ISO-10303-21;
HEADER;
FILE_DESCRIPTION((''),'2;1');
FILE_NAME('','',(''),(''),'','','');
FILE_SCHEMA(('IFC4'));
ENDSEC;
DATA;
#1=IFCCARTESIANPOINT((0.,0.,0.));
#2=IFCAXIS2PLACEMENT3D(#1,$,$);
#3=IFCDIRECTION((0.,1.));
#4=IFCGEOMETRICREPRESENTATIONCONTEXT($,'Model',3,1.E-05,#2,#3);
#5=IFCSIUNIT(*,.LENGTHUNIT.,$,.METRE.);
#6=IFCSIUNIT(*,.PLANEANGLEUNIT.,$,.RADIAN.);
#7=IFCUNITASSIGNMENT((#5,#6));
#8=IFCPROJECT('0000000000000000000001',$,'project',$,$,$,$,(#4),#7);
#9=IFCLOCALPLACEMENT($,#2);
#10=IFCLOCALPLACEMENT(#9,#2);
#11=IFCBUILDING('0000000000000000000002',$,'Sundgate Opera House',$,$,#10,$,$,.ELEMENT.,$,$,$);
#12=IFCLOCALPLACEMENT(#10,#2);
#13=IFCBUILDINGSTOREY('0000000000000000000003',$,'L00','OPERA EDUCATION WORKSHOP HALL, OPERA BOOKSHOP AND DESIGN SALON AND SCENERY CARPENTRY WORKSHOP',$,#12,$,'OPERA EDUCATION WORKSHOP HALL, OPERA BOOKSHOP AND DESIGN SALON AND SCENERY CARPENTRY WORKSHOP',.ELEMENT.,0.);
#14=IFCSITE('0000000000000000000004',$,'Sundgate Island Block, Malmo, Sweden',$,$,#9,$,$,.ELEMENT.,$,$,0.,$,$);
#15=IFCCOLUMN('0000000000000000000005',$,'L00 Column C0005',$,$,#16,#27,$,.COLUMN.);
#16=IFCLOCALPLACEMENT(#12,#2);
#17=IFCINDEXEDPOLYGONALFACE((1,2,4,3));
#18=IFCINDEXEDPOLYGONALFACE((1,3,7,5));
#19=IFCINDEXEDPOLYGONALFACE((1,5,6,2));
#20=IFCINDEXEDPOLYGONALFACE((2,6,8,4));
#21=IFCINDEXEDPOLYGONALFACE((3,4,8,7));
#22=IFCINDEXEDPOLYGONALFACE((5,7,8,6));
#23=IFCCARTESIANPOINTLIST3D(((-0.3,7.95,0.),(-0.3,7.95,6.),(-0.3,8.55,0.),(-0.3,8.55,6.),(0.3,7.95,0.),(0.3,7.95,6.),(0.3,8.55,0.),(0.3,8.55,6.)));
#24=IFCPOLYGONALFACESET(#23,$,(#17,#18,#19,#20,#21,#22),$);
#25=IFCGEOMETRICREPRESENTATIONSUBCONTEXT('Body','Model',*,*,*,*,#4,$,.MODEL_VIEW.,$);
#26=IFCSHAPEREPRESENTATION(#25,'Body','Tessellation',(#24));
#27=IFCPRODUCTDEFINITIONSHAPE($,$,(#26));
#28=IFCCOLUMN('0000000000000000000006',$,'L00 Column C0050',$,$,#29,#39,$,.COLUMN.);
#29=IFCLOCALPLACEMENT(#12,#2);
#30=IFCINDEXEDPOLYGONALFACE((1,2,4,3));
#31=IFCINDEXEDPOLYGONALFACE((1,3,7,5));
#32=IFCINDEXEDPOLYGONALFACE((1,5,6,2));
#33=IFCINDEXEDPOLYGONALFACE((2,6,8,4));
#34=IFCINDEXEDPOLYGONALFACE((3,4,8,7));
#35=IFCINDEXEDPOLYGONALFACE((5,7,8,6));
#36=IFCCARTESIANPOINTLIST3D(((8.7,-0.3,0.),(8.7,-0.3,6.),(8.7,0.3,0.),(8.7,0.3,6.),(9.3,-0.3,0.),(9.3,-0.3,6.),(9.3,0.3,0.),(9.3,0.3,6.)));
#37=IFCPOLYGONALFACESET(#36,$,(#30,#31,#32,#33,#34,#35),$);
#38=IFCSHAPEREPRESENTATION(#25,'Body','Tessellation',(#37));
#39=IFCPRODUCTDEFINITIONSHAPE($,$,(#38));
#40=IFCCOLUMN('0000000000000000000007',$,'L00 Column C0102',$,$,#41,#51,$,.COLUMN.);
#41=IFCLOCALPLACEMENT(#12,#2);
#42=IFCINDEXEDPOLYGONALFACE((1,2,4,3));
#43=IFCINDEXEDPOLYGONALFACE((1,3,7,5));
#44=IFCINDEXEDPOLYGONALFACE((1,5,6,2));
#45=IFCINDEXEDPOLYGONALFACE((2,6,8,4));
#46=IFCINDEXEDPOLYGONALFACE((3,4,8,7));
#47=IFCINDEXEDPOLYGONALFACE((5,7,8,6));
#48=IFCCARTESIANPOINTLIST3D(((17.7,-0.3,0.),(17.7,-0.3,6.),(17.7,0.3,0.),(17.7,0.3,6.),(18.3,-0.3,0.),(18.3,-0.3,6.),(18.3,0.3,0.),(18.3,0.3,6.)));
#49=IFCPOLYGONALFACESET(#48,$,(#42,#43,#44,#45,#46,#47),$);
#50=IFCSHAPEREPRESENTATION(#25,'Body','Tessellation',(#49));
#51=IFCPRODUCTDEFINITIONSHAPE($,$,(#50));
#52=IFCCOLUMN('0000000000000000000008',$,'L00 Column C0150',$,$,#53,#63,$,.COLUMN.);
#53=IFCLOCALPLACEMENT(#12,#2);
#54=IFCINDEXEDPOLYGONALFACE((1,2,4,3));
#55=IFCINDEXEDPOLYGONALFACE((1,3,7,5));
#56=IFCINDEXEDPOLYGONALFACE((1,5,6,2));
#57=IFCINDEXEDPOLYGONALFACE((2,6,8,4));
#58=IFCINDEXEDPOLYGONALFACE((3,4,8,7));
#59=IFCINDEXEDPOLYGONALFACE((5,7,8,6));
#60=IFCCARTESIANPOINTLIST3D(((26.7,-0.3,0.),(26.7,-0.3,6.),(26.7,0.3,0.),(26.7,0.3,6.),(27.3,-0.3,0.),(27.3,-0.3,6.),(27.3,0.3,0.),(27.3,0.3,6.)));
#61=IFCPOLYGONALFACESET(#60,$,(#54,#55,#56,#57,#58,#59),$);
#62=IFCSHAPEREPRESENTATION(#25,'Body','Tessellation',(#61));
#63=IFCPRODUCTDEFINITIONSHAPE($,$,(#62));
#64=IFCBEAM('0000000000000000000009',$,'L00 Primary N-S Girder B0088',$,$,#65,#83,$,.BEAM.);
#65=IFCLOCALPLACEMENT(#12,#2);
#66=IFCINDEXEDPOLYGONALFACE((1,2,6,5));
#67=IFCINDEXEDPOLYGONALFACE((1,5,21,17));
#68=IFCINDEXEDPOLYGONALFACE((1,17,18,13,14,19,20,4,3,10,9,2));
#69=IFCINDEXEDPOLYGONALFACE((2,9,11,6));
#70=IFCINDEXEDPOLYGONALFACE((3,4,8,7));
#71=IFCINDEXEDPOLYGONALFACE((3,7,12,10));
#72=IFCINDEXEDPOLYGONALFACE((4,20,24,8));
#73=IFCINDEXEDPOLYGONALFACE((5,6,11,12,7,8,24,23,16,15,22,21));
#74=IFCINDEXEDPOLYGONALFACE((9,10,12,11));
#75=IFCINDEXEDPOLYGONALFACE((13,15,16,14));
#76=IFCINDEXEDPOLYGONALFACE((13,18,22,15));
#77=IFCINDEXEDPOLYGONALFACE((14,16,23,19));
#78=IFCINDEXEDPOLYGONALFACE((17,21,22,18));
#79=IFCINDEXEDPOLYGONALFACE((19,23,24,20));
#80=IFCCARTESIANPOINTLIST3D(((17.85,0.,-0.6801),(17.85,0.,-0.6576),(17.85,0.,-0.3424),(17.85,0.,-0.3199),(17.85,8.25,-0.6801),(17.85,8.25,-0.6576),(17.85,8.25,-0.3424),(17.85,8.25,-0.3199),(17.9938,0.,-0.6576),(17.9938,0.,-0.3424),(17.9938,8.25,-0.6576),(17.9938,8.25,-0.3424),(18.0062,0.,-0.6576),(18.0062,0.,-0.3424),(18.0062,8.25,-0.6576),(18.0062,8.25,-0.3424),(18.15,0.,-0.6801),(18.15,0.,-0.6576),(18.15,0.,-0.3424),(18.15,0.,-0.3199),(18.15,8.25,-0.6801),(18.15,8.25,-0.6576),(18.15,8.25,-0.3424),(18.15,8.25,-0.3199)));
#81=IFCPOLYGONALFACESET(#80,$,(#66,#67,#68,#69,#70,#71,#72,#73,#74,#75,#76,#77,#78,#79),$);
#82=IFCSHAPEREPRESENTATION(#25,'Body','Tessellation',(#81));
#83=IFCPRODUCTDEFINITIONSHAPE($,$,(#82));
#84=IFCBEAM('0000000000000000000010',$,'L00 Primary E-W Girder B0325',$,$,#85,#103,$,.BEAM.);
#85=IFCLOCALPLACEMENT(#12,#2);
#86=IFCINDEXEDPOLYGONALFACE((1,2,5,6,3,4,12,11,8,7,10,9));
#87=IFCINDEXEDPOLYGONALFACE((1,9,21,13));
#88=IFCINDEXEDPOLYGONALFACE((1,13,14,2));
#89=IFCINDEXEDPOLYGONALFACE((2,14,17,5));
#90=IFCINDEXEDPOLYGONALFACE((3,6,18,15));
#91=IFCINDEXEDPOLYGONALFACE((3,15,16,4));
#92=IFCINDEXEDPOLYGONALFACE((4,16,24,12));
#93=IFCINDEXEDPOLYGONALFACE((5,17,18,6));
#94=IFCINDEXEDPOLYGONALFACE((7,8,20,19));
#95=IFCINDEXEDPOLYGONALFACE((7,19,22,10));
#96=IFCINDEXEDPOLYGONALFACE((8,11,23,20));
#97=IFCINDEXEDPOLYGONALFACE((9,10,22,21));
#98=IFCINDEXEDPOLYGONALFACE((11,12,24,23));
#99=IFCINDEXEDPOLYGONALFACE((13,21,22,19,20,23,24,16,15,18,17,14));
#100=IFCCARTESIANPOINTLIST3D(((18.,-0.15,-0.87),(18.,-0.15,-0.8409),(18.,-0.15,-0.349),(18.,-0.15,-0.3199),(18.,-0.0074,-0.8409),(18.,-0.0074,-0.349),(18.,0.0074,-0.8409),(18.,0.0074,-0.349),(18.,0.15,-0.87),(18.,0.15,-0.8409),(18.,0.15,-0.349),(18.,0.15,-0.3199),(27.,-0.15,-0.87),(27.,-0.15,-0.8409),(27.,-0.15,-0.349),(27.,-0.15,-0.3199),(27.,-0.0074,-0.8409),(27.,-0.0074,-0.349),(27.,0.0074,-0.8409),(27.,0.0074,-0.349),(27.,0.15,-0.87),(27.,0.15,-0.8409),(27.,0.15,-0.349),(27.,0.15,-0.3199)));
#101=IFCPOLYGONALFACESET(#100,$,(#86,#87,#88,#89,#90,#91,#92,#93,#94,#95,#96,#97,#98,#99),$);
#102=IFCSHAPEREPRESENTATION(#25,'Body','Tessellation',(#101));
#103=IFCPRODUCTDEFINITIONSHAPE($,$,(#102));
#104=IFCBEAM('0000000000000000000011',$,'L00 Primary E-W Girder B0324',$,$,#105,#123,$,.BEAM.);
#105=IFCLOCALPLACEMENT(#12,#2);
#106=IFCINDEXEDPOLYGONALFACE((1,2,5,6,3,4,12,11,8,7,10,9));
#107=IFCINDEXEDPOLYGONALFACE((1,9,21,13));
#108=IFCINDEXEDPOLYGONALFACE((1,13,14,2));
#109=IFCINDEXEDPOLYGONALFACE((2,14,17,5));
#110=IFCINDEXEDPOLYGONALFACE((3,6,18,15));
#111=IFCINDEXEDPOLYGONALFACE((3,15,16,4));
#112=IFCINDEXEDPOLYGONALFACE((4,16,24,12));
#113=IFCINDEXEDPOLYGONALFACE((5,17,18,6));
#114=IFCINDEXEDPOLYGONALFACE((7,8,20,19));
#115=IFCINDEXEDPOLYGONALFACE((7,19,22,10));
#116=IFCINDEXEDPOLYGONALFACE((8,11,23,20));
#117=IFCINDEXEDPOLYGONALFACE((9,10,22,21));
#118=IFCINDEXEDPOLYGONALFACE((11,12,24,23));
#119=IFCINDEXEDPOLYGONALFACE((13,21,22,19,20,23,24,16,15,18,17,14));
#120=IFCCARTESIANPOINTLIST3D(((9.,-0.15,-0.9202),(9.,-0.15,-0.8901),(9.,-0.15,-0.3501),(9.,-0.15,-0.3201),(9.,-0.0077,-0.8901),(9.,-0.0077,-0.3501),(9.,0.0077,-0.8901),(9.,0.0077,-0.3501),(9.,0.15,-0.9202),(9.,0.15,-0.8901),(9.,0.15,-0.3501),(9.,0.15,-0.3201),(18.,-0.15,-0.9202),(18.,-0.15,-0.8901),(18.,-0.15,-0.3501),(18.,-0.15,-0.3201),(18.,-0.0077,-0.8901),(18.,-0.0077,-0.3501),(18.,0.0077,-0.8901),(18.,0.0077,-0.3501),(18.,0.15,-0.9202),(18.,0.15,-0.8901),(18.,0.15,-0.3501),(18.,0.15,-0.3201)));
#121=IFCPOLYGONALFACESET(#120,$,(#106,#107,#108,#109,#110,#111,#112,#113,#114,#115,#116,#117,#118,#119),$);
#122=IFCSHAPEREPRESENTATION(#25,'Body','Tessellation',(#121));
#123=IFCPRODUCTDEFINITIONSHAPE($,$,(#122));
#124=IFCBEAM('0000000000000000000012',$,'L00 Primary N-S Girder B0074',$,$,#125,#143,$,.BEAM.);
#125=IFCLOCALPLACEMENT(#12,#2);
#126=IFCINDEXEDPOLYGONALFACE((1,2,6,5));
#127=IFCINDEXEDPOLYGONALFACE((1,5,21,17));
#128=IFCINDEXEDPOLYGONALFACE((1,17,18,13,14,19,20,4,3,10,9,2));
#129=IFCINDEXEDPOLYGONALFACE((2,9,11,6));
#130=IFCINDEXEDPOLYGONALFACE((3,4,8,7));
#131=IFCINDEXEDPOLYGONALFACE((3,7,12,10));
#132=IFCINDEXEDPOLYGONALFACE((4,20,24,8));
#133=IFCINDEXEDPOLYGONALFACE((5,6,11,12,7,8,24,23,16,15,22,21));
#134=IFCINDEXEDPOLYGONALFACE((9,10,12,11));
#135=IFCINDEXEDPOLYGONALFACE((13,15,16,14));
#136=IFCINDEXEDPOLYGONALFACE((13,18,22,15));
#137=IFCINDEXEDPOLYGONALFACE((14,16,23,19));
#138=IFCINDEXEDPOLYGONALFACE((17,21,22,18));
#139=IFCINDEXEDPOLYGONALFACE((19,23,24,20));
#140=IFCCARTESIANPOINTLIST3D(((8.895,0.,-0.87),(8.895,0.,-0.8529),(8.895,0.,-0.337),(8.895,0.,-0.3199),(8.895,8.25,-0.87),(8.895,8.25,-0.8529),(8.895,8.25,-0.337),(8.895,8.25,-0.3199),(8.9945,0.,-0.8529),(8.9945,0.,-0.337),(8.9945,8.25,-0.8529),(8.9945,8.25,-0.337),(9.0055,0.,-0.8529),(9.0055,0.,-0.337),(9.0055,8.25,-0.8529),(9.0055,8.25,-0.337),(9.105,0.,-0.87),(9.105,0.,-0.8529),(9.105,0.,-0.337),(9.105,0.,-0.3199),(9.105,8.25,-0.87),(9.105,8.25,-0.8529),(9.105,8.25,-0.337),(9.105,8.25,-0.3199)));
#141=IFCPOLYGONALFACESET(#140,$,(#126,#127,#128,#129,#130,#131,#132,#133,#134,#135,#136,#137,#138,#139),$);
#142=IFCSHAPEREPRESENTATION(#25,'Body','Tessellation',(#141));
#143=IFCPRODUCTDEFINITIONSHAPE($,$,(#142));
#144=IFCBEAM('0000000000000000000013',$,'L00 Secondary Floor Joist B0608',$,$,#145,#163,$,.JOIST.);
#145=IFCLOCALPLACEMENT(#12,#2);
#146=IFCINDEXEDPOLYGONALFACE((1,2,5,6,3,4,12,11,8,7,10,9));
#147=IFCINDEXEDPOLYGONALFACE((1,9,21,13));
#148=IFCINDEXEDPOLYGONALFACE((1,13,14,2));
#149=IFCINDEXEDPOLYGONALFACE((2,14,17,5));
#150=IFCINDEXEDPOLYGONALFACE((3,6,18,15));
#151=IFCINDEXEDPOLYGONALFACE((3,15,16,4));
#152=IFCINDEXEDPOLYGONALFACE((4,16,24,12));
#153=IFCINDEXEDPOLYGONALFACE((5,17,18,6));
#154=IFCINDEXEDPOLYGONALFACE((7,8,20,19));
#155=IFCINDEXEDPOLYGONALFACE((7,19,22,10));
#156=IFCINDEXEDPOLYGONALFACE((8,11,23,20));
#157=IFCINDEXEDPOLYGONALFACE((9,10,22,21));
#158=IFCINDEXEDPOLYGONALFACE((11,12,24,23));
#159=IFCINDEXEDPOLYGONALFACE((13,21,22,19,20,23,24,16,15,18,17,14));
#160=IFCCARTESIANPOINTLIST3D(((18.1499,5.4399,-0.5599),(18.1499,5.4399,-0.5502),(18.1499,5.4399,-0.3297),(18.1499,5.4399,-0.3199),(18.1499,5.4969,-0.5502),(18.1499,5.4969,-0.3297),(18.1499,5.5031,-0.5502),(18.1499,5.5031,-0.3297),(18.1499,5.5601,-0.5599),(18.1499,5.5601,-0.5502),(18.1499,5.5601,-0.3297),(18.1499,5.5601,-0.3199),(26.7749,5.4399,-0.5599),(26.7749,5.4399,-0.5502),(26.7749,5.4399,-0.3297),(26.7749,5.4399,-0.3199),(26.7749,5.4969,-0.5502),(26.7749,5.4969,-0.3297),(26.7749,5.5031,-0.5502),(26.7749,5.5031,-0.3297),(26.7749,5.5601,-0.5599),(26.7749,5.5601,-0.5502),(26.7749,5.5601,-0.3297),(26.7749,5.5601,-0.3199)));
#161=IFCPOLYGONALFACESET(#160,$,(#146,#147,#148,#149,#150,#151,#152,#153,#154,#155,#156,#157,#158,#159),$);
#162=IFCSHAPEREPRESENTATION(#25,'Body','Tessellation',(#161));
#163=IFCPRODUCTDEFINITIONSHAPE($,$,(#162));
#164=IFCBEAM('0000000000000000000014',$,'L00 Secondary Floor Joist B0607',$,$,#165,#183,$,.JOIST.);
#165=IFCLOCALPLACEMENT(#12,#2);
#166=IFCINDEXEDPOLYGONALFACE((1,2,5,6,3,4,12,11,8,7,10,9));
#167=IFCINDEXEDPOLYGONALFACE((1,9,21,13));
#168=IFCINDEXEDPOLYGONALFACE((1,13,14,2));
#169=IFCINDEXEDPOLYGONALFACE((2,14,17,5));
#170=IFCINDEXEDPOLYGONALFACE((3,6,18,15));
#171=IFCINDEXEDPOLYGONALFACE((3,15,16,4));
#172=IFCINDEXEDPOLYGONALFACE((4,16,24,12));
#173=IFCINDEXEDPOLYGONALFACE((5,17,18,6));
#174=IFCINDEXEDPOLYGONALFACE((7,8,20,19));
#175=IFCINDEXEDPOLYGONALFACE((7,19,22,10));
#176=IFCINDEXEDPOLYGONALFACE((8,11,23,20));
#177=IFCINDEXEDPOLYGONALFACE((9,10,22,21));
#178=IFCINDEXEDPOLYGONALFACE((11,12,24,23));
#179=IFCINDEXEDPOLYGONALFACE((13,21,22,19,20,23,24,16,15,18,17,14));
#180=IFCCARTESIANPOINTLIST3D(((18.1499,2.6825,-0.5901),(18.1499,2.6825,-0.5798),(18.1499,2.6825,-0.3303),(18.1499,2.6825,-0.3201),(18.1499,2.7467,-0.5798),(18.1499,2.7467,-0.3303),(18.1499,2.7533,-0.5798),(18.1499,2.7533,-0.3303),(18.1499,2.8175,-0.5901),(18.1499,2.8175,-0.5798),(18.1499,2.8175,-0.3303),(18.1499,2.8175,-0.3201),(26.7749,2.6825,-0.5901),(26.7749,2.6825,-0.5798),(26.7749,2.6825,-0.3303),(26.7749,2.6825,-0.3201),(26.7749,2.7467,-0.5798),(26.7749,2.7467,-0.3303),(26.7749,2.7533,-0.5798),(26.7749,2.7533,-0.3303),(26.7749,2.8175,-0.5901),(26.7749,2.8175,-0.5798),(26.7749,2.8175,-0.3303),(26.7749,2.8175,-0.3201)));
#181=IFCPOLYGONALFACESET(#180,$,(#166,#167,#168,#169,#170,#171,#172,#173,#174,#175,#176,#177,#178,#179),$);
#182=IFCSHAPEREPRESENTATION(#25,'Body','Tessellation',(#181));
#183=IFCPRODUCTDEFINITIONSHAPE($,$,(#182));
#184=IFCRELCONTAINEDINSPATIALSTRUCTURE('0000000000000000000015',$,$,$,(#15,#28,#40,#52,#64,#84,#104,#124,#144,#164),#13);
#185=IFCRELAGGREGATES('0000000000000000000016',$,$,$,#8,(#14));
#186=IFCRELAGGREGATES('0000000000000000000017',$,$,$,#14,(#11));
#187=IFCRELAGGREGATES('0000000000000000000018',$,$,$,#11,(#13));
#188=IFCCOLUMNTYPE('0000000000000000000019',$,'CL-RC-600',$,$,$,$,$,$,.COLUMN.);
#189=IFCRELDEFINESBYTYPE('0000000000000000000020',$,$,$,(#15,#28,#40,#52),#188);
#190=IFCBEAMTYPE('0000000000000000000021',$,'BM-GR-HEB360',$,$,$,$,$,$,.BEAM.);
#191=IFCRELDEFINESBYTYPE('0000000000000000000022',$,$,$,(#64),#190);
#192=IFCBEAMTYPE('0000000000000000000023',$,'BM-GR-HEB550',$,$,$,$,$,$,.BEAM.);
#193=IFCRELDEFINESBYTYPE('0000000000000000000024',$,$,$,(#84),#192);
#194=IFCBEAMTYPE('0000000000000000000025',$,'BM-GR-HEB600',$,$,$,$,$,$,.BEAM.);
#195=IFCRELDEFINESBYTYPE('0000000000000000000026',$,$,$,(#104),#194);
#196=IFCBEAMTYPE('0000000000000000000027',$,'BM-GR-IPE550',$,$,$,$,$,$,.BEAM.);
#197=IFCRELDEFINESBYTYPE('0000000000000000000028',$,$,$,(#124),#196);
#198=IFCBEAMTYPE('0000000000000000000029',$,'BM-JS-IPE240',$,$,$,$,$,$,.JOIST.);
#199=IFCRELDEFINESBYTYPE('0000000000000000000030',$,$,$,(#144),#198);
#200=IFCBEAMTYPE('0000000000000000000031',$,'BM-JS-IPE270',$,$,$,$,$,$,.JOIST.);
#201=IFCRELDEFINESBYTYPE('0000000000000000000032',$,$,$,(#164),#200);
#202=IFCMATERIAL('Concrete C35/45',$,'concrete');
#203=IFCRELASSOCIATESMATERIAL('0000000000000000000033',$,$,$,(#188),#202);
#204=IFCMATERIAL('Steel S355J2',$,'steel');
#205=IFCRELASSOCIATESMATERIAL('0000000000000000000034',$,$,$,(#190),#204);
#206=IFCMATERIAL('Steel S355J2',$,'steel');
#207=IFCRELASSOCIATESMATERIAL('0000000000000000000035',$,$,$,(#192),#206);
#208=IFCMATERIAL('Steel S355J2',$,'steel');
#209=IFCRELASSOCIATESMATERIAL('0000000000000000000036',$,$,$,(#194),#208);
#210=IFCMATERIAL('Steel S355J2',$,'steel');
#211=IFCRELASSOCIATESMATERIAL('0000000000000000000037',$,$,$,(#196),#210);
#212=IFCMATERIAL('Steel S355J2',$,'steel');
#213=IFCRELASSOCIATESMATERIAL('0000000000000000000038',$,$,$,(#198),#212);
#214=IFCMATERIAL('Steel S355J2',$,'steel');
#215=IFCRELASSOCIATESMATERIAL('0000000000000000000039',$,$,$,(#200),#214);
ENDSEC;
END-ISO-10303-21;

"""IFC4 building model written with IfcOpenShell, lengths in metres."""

from ifc_helpers import new_model, si_unit, direction, frame, origin, origin_2d, place, context, subcontext, project, spatial, rectangle, i_section, extrude, material, material_profile, profile_set, type_object, element, save


model = new_model("IFC4")

# Units and contexts
model_context = context("Model", 3, precision=1e-05, world=origin(), true_north=direction((0.0, 1.0)))
body_context = subcontext(model_context, "Body", "Model", "MODEL_VIEW")
ifc_project = project(units=[si_unit("LENGTHUNIT", "METRE"), si_unit("PLANEANGLEUNIT", "RADIAN")], contexts=[model_context])

# Site, building, storey
site_placement = place(None, origin())
site = spatial("IfcSite", under=ifc_project, at=site_placement, Name="Sundgate Island Block, Malmo, Sweden", CompositionType="ELEMENT", RefElevation=0.0)
building_placement = place(site_placement, origin())
building = spatial("IfcBuilding", under=site, at=building_placement, Name="Sundgate Opera House", CompositionType="ELEMENT")
storey_placement = place(building_placement, origin())
storey = spatial("IfcBuildingStorey", under=building, at=storey_placement, Name="L00", Description="OPERA EDUCATION WORKSHOP HALL, OPERA BOOKSHOP AND DESIGN SALON AND SCENERY CARPENTRY WORKSHOP", LongName="OPERA EDUCATION WORKSHOP HALL, OPERA BOOKSHOP AND DESIGN SALON AND SCENERY CARPENTRY WORKSHOP", CompositionType="ELEMENT", Elevation=0.0)

# Columns
ifc_material_1 = material(Name="Concrete C35/45", Category="concrete")
ifc_material_profile_1 = material_profile(ifc_material_1, rectangle(XDim=0.6001, YDim=0.6001, at=origin_2d()), Name="RC 600x600")
ifc_profile_set_1 = profile_set([ifc_material_profile_1], Name="Concrete C35/45")
column_type = type_object("IfcColumnType", Name="CL-RC-600", PredefinedType="COLUMN", material=ifc_profile_set_1)
for number, where, z_axis, x_axis, name in (
    (1, (0.0, 8.25, 0.0), (0.0, 0.0, 1.0), (1.0, 0.0, 0.0), "L00 Column C0005"),
    (2, (9.0, 0.0, 0.0), (0.0, 0.0, 1.0), (1.0, 0.0, 0.0), "L00 Column C0050"),
    (3, (18.0, 0.0, 0.0), (0.0, 0.0, 1.0), (1.0, 0.0, 0.0), "L00 Column C0102"),
    (4, (27.0, 0.0, 0.0), (0.0, 0.0, 1.0), (1.0, 0.0, 0.0), "L00 Column C0150"),
):
    element("IfcColumn", number, at=place(storey_placement, frame(where, z_axis=z_axis, x_axis=x_axis)), inside=storey, type_object=column_type, Name=name, PredefinedType="COLUMN", context=body_context, shape_type="SweptSolid", body=[
        extrude(rectangle(XDim=0.6001, YDim=0.6001, at=origin_2d()), origin(), (0.0, 0.0, 1.0), 6.0),
    ])

# Beams
ifc_material_2 = material(Name="Steel S355J2", Category="steel")
ifc_material_profile_2 = material_profile(ifc_material_2, i_section(OverallWidth=0.3, OverallDepth=0.3601, WebThickness=0.0125, FlangeThickness=0.0225, at=origin_2d()), Name="HEB 360")
ifc_profile_set_2 = profile_set([ifc_material_profile_2], Name="Steel S355J2")
beam_type_1 = type_object("IfcBeamType", Name="BM-GR-HEB360", PredefinedType="BEAM", material=ifc_profile_set_2)
beam_1_placement = place(storey_placement, frame((18.0, 0.0, -0.5), z_axis=(0.0, 1.0, 0.0), x_axis=(-1.0, 0.0, 0.0)))
element("IfcBeam", 5, at=beam_1_placement, inside=storey, type_object=beam_type_1, Name="L00 Primary N-S Girder B0088", PredefinedType="BEAM", context=body_context, shape_type="SweptSolid", body=[
    extrude(i_section(OverallWidth=0.3, OverallDepth=0.3601, WebThickness=0.0125, FlangeThickness=0.0225, at=origin_2d()), origin(), (0.0, 0.0, 1.0), 8.25),
])
ifc_material_3 = material(Name="Steel S355J2", Category="steel")
ifc_material_profile_3 = material_profile(ifc_material_3, i_section(OverallWidth=0.3, OverallDepth=0.55, WebThickness=0.0149, FlangeThickness=0.0291, at=origin_2d()), Name="HEB 550")
ifc_profile_set_3 = profile_set([ifc_material_profile_3], Name="Steel S355J2")
beam_type_2 = type_object("IfcBeamType", Name="BM-GR-HEB550", PredefinedType="BEAM", material=ifc_profile_set_3)
beam_2_placement = place(storey_placement, frame((18.0, 0.0, -0.595), z_axis=(1.0, 0.0, 0.0), x_axis=(0.0, 1.0, 0.0)))
element("IfcBeam", 6, at=beam_2_placement, inside=storey, type_object=beam_type_2, Name="L00 Primary E-W Girder B0325", PredefinedType="BEAM", context=body_context, shape_type="SweptSolid", body=[
    extrude(i_section(OverallWidth=0.3, OverallDepth=0.55, WebThickness=0.0149, FlangeThickness=0.0291, at=origin_2d()), origin(), (0.0, 0.0, 1.0), 9.0),
])
ifc_material_4 = material(Name="Steel S355J2", Category="steel")
ifc_material_profile_4 = material_profile(ifc_material_4, i_section(OverallWidth=0.3, OverallDepth=0.6001, WebThickness=0.0154, FlangeThickness=0.03, at=origin_2d()), Name="HEB 600")
ifc_profile_set_4 = profile_set([ifc_material_profile_4], Name="Steel S355J2")
beam_type_3 = type_object("IfcBeamType", Name="BM-GR-HEB600", PredefinedType="BEAM", material=ifc_profile_set_4)
beam_3_placement = place(storey_placement, frame((9.0, 0.0, -0.6201), z_axis=(1.0, 0.0, 0.0), x_axis=(0.0, 1.0, 0.0)))
element("IfcBeam", 7, at=beam_3_placement, inside=storey, type_object=beam_type_3, Name="L00 Primary E-W Girder B0324", PredefinedType="BEAM", context=body_context, shape_type="SweptSolid", body=[
    extrude(i_section(OverallWidth=0.3, OverallDepth=0.6001, WebThickness=0.0154, FlangeThickness=0.03, at=origin_2d()), origin(), (0.0, 0.0, 1.0), 9.0),
])
ifc_material_5 = material(Name="Steel S355J2", Category="steel")
ifc_material_profile_5 = material_profile(ifc_material_5, i_section(OverallWidth=0.21, OverallDepth=0.55, WebThickness=0.011, FlangeThickness=0.0171, at=origin_2d()), Name="IPE 550")
ifc_profile_set_5 = profile_set([ifc_material_profile_5], Name="Steel S355J2")
beam_type_4 = type_object("IfcBeamType", Name="BM-GR-IPE550", PredefinedType="BEAM", material=ifc_profile_set_5)
beam_4_placement = place(storey_placement, frame((9.0, 0.0, -0.595), z_axis=(0.0, 1.0, 0.0), x_axis=(-1.0, 0.0, 0.0)))
element("IfcBeam", 8, at=beam_4_placement, inside=storey, type_object=beam_type_4, Name="L00 Primary N-S Girder B0074", PredefinedType="BEAM", context=body_context, shape_type="SweptSolid", body=[
    extrude(i_section(OverallWidth=0.21, OverallDepth=0.55, WebThickness=0.011, FlangeThickness=0.0171, at=origin_2d()), origin(), (0.0, 0.0, 1.0), 8.25),
])
ifc_material_6 = material(Name="Steel S355J2", Category="steel")
ifc_material_profile_6 = material_profile(ifc_material_6, i_section(OverallWidth=0.1201, OverallDepth=0.24, WebThickness=0.0061, FlangeThickness=0.0098, at=origin_2d()), Name="IPE 240")
ifc_profile_set_6 = profile_set([ifc_material_profile_6], Name="Steel S355J2")
beam_type_5 = type_object("IfcBeamType", Name="BM-JS-IPE240", PredefinedType="JOIST", material=ifc_profile_set_6)
beam_5_placement = place(storey_placement, frame((18.1499, 5.5, -0.4399), z_axis=(1.0, 0.0, 0.0), x_axis=(0.0, 1.0, 0.0)))
element("IfcBeam", 9, at=beam_5_placement, inside=storey, type_object=beam_type_5, Name="L00 Secondary Floor Joist B0608", PredefinedType="JOIST", context=body_context, shape_type="SweptSolid", body=[
    extrude(i_section(OverallWidth=0.1201, OverallDepth=0.24, WebThickness=0.0061, FlangeThickness=0.0098, at=origin_2d()), origin(), (0.0, 0.0, 1.0), 8.625),
])
ifc_material_7 = material(Name="Steel S355J2", Category="steel")
ifc_material_profile_7 = material_profile(ifc_material_7, i_section(OverallWidth=0.135, OverallDepth=0.27, WebThickness=0.0066, FlangeThickness=0.0103, at=origin_2d()), Name="IPE 270")
ifc_profile_set_7 = profile_set([ifc_material_profile_7], Name="Steel S355J2")
beam_type_6 = type_object("IfcBeamType", Name="BM-JS-IPE270", PredefinedType="JOIST", material=ifc_profile_set_7)
beam_6_placement = place(storey_placement, frame((18.1499, 2.75, -0.4551), z_axis=(1.0, 0.0, 0.0), x_axis=(0.0, 1.0, 0.0)))
element("IfcBeam", 10, at=beam_6_placement, inside=storey, type_object=beam_type_6, Name="L00 Secondary Floor Joist B0607", PredefinedType="JOIST", context=body_context, shape_type="SweptSolid", body=[
    extrude(i_section(OverallWidth=0.135, OverallDepth=0.27, WebThickness=0.0066, FlangeThickness=0.0103, at=origin_2d()), origin(), (0.0, 0.0, 1.0), 8.625),
])

save(model, "model.ifc")
